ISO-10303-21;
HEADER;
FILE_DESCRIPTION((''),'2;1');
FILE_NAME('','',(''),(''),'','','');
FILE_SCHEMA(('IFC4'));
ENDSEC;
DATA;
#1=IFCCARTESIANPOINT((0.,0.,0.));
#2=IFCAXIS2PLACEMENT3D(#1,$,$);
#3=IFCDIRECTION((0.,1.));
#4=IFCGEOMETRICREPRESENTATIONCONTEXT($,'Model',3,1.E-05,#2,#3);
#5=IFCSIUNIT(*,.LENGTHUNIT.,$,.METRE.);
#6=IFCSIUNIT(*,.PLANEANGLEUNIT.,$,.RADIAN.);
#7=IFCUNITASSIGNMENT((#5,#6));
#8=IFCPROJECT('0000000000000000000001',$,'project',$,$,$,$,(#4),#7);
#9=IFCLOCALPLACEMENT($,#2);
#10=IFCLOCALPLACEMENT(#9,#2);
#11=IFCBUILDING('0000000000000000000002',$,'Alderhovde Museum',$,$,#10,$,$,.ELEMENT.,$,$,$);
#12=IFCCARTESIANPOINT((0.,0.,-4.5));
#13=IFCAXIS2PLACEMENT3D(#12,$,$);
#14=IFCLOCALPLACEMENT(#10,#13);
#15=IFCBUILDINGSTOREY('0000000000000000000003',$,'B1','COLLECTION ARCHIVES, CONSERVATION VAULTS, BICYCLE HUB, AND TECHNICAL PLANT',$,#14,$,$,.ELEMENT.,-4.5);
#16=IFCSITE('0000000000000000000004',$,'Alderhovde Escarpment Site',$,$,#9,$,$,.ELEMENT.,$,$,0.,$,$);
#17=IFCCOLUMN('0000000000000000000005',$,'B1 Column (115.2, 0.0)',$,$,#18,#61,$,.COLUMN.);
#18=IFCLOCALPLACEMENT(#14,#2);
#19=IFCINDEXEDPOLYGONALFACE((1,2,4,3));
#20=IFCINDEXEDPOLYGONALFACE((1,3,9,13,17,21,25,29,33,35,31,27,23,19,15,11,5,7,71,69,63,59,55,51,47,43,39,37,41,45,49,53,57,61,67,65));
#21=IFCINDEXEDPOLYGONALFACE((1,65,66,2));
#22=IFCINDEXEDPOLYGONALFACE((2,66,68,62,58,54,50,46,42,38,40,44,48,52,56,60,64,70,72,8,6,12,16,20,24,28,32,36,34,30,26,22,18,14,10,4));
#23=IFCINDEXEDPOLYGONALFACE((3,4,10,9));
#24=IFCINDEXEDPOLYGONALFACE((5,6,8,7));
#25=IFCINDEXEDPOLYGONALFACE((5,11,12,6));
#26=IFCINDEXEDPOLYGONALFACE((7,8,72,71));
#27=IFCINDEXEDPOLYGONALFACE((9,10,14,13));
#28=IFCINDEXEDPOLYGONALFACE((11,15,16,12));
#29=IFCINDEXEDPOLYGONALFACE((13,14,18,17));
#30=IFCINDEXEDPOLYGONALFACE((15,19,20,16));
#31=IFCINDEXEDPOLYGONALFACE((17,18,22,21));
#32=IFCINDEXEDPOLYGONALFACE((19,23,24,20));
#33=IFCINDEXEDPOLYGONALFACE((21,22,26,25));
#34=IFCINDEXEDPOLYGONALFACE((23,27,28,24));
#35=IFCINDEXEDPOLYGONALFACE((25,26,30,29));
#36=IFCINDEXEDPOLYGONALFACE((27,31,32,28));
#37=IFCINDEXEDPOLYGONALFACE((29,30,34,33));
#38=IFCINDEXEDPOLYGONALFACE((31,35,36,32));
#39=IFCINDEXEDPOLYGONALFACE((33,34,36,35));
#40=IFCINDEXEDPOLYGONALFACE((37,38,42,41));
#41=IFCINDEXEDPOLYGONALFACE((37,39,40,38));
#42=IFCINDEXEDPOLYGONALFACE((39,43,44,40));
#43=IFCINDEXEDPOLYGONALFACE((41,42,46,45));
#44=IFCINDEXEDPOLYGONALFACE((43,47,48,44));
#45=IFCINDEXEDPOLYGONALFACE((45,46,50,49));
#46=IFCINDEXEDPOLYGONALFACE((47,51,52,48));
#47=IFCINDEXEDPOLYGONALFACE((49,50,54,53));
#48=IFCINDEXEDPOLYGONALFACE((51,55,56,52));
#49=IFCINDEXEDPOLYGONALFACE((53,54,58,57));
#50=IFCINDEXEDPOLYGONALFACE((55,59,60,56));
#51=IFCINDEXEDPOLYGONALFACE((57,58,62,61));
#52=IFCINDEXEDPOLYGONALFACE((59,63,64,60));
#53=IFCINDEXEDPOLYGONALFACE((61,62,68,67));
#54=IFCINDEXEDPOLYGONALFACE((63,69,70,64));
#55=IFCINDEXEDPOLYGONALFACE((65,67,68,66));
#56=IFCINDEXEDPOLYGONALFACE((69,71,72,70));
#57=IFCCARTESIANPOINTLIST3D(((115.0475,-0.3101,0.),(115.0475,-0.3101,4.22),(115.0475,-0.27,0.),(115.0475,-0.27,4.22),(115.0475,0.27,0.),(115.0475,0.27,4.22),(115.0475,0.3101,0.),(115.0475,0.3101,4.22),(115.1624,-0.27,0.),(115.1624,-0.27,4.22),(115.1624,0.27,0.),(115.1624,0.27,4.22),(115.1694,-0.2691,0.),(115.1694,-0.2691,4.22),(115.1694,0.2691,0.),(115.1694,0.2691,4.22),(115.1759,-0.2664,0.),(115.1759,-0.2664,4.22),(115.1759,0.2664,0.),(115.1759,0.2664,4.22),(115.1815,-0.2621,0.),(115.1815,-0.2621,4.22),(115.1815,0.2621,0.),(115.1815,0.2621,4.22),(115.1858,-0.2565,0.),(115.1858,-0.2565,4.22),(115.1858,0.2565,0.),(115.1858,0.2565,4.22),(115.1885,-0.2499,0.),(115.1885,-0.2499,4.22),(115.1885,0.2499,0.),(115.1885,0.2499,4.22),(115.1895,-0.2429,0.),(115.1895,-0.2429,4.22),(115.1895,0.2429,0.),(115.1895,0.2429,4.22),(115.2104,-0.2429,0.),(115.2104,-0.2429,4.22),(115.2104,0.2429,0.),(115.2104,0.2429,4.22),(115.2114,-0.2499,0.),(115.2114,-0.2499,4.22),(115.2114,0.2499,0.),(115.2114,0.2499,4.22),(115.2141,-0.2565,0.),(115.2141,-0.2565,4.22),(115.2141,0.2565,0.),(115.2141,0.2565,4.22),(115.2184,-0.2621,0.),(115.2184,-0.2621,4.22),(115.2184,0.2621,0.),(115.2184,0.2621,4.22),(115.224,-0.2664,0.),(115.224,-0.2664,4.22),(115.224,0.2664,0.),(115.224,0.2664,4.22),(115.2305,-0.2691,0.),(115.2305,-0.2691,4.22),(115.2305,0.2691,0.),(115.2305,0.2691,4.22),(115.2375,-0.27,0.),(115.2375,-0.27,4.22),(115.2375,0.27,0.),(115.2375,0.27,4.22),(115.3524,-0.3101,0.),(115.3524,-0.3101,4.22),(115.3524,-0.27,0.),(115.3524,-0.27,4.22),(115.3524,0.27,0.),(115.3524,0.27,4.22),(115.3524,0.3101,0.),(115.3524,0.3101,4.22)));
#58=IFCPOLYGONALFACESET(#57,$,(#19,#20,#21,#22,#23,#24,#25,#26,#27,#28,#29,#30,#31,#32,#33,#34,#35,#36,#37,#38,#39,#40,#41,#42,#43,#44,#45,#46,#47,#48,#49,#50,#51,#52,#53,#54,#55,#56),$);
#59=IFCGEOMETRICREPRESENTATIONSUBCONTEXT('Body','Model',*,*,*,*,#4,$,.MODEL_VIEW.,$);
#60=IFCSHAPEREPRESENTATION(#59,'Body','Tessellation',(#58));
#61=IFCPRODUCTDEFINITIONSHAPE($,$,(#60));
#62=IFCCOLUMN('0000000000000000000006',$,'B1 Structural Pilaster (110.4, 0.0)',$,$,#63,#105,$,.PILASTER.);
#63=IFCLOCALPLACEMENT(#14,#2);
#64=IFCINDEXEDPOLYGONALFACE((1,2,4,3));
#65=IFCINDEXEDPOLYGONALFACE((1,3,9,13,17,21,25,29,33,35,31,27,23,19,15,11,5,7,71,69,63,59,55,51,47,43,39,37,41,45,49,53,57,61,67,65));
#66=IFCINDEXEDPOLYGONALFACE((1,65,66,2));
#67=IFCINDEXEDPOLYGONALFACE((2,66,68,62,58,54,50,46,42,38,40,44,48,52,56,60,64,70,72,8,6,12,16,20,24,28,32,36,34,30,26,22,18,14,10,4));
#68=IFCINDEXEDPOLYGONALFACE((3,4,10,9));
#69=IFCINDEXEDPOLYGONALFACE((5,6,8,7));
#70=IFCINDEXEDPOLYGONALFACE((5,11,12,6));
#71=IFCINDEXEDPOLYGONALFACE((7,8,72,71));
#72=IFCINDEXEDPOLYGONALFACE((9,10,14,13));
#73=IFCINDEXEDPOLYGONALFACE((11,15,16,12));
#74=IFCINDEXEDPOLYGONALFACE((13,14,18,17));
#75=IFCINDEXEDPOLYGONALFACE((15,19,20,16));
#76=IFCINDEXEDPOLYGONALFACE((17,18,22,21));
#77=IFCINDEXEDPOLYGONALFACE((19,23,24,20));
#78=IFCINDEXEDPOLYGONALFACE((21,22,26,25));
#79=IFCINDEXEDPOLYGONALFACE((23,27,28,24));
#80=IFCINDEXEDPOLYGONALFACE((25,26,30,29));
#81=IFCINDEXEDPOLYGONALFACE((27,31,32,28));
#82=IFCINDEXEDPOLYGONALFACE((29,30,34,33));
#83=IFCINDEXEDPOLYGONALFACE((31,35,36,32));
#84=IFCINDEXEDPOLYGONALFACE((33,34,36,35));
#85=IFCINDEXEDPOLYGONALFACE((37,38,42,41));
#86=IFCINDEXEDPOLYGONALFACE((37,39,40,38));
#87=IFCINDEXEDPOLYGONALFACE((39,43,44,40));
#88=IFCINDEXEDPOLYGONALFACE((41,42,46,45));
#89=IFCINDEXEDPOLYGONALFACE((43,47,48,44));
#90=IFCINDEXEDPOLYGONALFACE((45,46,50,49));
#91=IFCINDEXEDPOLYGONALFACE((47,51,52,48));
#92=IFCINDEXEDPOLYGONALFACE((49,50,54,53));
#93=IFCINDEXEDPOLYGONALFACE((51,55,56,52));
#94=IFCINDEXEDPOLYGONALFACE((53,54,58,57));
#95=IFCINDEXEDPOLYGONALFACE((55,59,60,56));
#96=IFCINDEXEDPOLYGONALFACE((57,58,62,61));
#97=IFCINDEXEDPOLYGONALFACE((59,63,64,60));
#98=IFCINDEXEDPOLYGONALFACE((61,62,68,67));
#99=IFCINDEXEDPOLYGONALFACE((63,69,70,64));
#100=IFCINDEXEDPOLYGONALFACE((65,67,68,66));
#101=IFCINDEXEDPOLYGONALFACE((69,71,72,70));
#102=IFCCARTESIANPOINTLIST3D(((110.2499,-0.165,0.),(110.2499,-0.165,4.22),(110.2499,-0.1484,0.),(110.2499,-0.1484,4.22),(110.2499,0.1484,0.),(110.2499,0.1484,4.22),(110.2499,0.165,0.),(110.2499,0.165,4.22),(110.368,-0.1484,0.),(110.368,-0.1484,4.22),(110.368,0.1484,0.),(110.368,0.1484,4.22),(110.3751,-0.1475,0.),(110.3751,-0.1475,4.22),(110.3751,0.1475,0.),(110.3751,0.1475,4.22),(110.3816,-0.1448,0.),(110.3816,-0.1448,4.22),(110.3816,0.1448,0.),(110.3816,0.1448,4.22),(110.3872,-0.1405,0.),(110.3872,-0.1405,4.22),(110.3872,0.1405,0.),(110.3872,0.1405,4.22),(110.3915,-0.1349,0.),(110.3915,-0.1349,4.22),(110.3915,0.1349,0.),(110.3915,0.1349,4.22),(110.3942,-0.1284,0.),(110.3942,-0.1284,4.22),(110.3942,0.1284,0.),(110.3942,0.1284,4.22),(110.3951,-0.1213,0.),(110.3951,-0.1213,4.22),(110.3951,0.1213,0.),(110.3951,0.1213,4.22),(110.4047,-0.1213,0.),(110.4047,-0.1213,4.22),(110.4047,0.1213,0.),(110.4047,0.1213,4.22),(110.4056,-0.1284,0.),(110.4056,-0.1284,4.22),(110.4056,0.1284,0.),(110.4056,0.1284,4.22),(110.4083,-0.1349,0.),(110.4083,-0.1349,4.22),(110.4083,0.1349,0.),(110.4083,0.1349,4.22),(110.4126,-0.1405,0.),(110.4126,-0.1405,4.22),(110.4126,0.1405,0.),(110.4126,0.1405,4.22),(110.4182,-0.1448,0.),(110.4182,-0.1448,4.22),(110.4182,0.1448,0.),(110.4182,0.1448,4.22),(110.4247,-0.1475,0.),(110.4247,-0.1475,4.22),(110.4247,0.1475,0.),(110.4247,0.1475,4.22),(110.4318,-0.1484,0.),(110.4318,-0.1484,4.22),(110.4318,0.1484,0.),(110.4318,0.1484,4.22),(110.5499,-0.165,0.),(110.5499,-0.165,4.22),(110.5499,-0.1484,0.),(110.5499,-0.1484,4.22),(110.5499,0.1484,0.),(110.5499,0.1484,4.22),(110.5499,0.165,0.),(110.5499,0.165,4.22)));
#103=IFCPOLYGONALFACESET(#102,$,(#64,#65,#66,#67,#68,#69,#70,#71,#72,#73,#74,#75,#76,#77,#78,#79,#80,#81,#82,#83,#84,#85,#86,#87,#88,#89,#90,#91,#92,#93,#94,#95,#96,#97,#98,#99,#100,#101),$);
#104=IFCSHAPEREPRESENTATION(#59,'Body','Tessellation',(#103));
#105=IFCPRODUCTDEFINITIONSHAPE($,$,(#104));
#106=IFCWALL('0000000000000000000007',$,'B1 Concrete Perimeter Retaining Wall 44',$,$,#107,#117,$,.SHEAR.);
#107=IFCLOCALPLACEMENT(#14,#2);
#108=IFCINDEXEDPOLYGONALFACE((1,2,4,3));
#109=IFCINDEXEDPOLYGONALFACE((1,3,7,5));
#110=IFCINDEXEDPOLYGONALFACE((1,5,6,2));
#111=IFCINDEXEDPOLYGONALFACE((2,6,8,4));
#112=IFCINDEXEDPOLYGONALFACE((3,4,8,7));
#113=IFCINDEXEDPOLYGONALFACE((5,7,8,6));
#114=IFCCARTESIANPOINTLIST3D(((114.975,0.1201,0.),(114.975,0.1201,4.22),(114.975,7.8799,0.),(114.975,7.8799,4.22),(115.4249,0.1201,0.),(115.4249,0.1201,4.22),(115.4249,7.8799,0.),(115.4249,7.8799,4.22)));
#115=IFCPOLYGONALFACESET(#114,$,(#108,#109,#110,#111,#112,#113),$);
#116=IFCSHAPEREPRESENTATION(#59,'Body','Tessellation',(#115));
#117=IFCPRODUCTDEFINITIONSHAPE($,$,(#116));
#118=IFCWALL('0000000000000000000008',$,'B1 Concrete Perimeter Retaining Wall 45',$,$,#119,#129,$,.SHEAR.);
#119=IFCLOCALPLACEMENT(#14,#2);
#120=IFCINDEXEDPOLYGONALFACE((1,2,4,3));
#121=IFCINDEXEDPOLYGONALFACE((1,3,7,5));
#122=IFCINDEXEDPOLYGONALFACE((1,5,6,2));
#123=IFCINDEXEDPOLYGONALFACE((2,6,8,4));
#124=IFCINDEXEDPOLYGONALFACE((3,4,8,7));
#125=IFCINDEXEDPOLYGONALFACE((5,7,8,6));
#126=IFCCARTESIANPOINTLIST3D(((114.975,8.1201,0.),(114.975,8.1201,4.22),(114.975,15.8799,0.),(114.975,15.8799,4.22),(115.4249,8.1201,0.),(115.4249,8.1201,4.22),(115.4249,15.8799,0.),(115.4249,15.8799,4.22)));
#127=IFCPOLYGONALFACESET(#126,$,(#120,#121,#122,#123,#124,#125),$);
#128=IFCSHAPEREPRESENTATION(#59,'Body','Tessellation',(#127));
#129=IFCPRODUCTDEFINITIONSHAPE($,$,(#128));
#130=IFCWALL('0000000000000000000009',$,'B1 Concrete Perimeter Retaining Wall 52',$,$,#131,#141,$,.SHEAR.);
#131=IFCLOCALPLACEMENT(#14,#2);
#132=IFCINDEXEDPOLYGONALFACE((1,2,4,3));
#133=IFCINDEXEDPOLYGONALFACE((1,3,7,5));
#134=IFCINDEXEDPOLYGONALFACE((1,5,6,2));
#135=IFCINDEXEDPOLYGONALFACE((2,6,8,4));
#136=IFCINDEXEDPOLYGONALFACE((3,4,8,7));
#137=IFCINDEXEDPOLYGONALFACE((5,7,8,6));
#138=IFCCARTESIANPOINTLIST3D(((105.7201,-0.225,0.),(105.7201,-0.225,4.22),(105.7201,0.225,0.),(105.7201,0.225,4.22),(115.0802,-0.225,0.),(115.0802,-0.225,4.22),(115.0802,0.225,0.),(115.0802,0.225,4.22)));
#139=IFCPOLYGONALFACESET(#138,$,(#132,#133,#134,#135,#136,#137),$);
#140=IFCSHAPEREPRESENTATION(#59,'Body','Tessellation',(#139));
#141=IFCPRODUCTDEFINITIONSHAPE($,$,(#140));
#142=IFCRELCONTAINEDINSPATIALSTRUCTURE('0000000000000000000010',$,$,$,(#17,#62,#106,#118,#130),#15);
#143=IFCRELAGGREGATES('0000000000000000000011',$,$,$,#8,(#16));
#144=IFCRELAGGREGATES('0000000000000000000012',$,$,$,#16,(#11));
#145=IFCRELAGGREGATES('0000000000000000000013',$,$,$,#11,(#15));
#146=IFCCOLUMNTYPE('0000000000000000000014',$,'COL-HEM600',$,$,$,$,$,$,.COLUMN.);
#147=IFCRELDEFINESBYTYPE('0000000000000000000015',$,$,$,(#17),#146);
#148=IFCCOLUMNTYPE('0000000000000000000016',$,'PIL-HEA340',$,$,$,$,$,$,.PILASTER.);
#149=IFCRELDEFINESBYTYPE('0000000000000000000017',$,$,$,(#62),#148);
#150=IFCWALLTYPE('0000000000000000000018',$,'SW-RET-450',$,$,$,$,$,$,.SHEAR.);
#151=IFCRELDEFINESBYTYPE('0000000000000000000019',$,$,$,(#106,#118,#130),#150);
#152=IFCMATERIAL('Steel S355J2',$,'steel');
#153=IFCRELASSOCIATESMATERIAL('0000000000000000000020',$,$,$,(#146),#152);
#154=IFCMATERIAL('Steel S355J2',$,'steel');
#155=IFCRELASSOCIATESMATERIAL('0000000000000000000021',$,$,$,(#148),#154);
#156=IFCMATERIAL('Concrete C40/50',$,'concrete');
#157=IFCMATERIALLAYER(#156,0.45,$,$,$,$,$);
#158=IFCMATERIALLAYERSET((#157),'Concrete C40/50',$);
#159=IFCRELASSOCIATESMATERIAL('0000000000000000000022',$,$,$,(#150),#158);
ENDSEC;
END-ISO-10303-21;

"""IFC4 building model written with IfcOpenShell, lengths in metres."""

from ifc_helpers import new_model, si_unit, direction, frame, frame_2d, origin, origin_2d, place, context, subcontext, project, spatial, rectangle, i_section, extrude, material, layer, layer_set, material_profile, profile_set, type_object, element, save


model = new_model("IFC4")

# Units and contexts
model_context = context("Model", 3, precision=1e-05, world=origin(), true_north=direction((0.0, 1.0)))
body_context = subcontext(model_context, "Body", "Model", "MODEL_VIEW")
ifc_project = project(units=[si_unit("LENGTHUNIT", "METRE"), si_unit("PLANEANGLEUNIT", "RADIAN")], contexts=[model_context])

# Site, building, storey
site_placement = place(None, origin())
site = spatial("IfcSite", under=ifc_project, at=site_placement, Name="Alderhovde Escarpment Site", CompositionType="ELEMENT", RefElevation=0.0)
building_placement = place(site_placement, origin())
building = spatial("IfcBuilding", under=site, at=building_placement, Name="Alderhovde Museum", CompositionType="ELEMENT")
storey_placement = place(building_placement, frame((0.0, 0.0, -4.5)))
storey = spatial("IfcBuildingStorey", under=building, at=storey_placement, Name="B1", Description="COLLECTION ARCHIVES, CONSERVATION VAULTS, BICYCLE HUB, AND TECHNICAL PLANT", CompositionType="ELEMENT", Elevation=-4.5)

# Columns
ifc_material_1 = material(Name="Steel S355J2", Category="steel")
ifc_material_profile_1 = material_profile(ifc_material_1, i_section(OverallWidth=0.3049, OverallDepth=0.6201, WebThickness=0.021, FlangeThickness=0.04, FilletRadius=0.0271, at=origin_2d()), Name="HEM 600")
ifc_profile_set_1 = profile_set([ifc_material_profile_1], Name="Steel S355J2")
column_type_1 = type_object("IfcColumnType", Name="COL-HEM600", PredefinedType="COLUMN", material=ifc_profile_set_1)
for number, where, z_axis, x_axis, name in (
    (1, (115.2, 0.0, 0.0), (0.0, 0.0, 1.0), (1.0, 0.0, 0.0), "B1 Column (115.2, 0.0)"),
):
    element("IfcColumn", number, at=place(storey_placement, frame(where, z_axis=z_axis, x_axis=x_axis)), inside=storey, type_object=column_type_1, Name=name, PredefinedType="COLUMN", context=body_context, shape_type="SweptSolid", body=[
        extrude(i_section(OverallWidth=0.3049, OverallDepth=0.6201, WebThickness=0.021, FlangeThickness=0.04, FilletRadius=0.0271, at=origin_2d()), origin(), (0.0, 0.0, 1.0), 4.22),
    ])
ifc_material_2 = material(Name="Steel S355J2", Category="steel")
ifc_material_profile_2 = material_profile(ifc_material_2, i_section(OverallWidth=0.3, OverallDepth=0.3301, WebThickness=0.0095, FlangeThickness=0.0166, FilletRadius=0.0271, at=origin_2d()), Name="HEA 340")
ifc_profile_set_2 = profile_set([ifc_material_profile_2], Name="Steel S355J2")
column_type_2 = type_object("IfcColumnType", Name="PIL-HEA340", PredefinedType="PILASTER", material=ifc_profile_set_2)
column_placement = place(storey_placement, frame((110.3999, 0.0, 0.0), z_axis=(0.0, 0.0, 1.0), x_axis=(1.0, 0.0, 0.0)))
element("IfcColumn", 2, at=column_placement, inside=storey, type_object=column_type_2, Name="B1 Structural Pilaster (110.4, 0.0)", PredefinedType="PILASTER", context=body_context, shape_type="SweptSolid", body=[
    extrude(i_section(OverallWidth=0.3, OverallDepth=0.3301, WebThickness=0.0095, FlangeThickness=0.0166, FilletRadius=0.0271, at=origin_2d()), origin(), (0.0, 0.0, 1.0), 4.22),
])

# Walls
ifc_material_3 = material(Name="Concrete C40/50", Category="concrete")
ifc_layer = layer(ifc_material_3, 0.45)
ifc_layer_set = layer_set([ifc_layer], Name="Concrete C40/50")
wall_type = type_object("IfcWallType", Name="SW-RET-450", PredefinedType="SHEAR", material=ifc_layer_set)
for number, where, z_axis, x_axis, name in (
    (3, (115.2, 0.1201, 0.0), (0.0, 0.0, 1.0), (0.0, 1.0, 0.0), "B1 Concrete Perimeter Retaining Wall 44"),
    (4, (115.2, 8.1201, 0.0), (0.0, 0.0, 1.0), (0.0, 1.0, 0.0), "B1 Concrete Perimeter Retaining Wall 45"),
):
    element("IfcWall", number, at=place(storey_placement, frame(where, z_axis=z_axis, x_axis=x_axis)), inside=storey, type_object=wall_type, Name=name, PredefinedType="SHEAR", context=body_context, shape_type="SweptSolid", body=[
        extrude(rectangle(XDim=7.7598, YDim=0.45, at=frame_2d((3.8799, 0.0))), origin(), (0.0, 0.0, 1.0), 4.22),
    ])
wall_placement = place(storey_placement, frame((105.72, 0.0, 0.0), z_axis=(0.0, 0.0, 1.0), x_axis=(1.0, 0.0, 0.0)))
element("IfcWall", 5, at=wall_placement, inside=storey, type_object=wall_type, Name="B1 Concrete Perimeter Retaining Wall 52", PredefinedType="SHEAR", context=body_context, shape_type="SweptSolid", body=[
    extrude(rectangle(XDim=9.3601, YDim=0.45, at=frame_2d((4.6802, 0.0))), origin(), (0.0, 0.0, 1.0), 4.22),
])

save(model, "model.ifc")
